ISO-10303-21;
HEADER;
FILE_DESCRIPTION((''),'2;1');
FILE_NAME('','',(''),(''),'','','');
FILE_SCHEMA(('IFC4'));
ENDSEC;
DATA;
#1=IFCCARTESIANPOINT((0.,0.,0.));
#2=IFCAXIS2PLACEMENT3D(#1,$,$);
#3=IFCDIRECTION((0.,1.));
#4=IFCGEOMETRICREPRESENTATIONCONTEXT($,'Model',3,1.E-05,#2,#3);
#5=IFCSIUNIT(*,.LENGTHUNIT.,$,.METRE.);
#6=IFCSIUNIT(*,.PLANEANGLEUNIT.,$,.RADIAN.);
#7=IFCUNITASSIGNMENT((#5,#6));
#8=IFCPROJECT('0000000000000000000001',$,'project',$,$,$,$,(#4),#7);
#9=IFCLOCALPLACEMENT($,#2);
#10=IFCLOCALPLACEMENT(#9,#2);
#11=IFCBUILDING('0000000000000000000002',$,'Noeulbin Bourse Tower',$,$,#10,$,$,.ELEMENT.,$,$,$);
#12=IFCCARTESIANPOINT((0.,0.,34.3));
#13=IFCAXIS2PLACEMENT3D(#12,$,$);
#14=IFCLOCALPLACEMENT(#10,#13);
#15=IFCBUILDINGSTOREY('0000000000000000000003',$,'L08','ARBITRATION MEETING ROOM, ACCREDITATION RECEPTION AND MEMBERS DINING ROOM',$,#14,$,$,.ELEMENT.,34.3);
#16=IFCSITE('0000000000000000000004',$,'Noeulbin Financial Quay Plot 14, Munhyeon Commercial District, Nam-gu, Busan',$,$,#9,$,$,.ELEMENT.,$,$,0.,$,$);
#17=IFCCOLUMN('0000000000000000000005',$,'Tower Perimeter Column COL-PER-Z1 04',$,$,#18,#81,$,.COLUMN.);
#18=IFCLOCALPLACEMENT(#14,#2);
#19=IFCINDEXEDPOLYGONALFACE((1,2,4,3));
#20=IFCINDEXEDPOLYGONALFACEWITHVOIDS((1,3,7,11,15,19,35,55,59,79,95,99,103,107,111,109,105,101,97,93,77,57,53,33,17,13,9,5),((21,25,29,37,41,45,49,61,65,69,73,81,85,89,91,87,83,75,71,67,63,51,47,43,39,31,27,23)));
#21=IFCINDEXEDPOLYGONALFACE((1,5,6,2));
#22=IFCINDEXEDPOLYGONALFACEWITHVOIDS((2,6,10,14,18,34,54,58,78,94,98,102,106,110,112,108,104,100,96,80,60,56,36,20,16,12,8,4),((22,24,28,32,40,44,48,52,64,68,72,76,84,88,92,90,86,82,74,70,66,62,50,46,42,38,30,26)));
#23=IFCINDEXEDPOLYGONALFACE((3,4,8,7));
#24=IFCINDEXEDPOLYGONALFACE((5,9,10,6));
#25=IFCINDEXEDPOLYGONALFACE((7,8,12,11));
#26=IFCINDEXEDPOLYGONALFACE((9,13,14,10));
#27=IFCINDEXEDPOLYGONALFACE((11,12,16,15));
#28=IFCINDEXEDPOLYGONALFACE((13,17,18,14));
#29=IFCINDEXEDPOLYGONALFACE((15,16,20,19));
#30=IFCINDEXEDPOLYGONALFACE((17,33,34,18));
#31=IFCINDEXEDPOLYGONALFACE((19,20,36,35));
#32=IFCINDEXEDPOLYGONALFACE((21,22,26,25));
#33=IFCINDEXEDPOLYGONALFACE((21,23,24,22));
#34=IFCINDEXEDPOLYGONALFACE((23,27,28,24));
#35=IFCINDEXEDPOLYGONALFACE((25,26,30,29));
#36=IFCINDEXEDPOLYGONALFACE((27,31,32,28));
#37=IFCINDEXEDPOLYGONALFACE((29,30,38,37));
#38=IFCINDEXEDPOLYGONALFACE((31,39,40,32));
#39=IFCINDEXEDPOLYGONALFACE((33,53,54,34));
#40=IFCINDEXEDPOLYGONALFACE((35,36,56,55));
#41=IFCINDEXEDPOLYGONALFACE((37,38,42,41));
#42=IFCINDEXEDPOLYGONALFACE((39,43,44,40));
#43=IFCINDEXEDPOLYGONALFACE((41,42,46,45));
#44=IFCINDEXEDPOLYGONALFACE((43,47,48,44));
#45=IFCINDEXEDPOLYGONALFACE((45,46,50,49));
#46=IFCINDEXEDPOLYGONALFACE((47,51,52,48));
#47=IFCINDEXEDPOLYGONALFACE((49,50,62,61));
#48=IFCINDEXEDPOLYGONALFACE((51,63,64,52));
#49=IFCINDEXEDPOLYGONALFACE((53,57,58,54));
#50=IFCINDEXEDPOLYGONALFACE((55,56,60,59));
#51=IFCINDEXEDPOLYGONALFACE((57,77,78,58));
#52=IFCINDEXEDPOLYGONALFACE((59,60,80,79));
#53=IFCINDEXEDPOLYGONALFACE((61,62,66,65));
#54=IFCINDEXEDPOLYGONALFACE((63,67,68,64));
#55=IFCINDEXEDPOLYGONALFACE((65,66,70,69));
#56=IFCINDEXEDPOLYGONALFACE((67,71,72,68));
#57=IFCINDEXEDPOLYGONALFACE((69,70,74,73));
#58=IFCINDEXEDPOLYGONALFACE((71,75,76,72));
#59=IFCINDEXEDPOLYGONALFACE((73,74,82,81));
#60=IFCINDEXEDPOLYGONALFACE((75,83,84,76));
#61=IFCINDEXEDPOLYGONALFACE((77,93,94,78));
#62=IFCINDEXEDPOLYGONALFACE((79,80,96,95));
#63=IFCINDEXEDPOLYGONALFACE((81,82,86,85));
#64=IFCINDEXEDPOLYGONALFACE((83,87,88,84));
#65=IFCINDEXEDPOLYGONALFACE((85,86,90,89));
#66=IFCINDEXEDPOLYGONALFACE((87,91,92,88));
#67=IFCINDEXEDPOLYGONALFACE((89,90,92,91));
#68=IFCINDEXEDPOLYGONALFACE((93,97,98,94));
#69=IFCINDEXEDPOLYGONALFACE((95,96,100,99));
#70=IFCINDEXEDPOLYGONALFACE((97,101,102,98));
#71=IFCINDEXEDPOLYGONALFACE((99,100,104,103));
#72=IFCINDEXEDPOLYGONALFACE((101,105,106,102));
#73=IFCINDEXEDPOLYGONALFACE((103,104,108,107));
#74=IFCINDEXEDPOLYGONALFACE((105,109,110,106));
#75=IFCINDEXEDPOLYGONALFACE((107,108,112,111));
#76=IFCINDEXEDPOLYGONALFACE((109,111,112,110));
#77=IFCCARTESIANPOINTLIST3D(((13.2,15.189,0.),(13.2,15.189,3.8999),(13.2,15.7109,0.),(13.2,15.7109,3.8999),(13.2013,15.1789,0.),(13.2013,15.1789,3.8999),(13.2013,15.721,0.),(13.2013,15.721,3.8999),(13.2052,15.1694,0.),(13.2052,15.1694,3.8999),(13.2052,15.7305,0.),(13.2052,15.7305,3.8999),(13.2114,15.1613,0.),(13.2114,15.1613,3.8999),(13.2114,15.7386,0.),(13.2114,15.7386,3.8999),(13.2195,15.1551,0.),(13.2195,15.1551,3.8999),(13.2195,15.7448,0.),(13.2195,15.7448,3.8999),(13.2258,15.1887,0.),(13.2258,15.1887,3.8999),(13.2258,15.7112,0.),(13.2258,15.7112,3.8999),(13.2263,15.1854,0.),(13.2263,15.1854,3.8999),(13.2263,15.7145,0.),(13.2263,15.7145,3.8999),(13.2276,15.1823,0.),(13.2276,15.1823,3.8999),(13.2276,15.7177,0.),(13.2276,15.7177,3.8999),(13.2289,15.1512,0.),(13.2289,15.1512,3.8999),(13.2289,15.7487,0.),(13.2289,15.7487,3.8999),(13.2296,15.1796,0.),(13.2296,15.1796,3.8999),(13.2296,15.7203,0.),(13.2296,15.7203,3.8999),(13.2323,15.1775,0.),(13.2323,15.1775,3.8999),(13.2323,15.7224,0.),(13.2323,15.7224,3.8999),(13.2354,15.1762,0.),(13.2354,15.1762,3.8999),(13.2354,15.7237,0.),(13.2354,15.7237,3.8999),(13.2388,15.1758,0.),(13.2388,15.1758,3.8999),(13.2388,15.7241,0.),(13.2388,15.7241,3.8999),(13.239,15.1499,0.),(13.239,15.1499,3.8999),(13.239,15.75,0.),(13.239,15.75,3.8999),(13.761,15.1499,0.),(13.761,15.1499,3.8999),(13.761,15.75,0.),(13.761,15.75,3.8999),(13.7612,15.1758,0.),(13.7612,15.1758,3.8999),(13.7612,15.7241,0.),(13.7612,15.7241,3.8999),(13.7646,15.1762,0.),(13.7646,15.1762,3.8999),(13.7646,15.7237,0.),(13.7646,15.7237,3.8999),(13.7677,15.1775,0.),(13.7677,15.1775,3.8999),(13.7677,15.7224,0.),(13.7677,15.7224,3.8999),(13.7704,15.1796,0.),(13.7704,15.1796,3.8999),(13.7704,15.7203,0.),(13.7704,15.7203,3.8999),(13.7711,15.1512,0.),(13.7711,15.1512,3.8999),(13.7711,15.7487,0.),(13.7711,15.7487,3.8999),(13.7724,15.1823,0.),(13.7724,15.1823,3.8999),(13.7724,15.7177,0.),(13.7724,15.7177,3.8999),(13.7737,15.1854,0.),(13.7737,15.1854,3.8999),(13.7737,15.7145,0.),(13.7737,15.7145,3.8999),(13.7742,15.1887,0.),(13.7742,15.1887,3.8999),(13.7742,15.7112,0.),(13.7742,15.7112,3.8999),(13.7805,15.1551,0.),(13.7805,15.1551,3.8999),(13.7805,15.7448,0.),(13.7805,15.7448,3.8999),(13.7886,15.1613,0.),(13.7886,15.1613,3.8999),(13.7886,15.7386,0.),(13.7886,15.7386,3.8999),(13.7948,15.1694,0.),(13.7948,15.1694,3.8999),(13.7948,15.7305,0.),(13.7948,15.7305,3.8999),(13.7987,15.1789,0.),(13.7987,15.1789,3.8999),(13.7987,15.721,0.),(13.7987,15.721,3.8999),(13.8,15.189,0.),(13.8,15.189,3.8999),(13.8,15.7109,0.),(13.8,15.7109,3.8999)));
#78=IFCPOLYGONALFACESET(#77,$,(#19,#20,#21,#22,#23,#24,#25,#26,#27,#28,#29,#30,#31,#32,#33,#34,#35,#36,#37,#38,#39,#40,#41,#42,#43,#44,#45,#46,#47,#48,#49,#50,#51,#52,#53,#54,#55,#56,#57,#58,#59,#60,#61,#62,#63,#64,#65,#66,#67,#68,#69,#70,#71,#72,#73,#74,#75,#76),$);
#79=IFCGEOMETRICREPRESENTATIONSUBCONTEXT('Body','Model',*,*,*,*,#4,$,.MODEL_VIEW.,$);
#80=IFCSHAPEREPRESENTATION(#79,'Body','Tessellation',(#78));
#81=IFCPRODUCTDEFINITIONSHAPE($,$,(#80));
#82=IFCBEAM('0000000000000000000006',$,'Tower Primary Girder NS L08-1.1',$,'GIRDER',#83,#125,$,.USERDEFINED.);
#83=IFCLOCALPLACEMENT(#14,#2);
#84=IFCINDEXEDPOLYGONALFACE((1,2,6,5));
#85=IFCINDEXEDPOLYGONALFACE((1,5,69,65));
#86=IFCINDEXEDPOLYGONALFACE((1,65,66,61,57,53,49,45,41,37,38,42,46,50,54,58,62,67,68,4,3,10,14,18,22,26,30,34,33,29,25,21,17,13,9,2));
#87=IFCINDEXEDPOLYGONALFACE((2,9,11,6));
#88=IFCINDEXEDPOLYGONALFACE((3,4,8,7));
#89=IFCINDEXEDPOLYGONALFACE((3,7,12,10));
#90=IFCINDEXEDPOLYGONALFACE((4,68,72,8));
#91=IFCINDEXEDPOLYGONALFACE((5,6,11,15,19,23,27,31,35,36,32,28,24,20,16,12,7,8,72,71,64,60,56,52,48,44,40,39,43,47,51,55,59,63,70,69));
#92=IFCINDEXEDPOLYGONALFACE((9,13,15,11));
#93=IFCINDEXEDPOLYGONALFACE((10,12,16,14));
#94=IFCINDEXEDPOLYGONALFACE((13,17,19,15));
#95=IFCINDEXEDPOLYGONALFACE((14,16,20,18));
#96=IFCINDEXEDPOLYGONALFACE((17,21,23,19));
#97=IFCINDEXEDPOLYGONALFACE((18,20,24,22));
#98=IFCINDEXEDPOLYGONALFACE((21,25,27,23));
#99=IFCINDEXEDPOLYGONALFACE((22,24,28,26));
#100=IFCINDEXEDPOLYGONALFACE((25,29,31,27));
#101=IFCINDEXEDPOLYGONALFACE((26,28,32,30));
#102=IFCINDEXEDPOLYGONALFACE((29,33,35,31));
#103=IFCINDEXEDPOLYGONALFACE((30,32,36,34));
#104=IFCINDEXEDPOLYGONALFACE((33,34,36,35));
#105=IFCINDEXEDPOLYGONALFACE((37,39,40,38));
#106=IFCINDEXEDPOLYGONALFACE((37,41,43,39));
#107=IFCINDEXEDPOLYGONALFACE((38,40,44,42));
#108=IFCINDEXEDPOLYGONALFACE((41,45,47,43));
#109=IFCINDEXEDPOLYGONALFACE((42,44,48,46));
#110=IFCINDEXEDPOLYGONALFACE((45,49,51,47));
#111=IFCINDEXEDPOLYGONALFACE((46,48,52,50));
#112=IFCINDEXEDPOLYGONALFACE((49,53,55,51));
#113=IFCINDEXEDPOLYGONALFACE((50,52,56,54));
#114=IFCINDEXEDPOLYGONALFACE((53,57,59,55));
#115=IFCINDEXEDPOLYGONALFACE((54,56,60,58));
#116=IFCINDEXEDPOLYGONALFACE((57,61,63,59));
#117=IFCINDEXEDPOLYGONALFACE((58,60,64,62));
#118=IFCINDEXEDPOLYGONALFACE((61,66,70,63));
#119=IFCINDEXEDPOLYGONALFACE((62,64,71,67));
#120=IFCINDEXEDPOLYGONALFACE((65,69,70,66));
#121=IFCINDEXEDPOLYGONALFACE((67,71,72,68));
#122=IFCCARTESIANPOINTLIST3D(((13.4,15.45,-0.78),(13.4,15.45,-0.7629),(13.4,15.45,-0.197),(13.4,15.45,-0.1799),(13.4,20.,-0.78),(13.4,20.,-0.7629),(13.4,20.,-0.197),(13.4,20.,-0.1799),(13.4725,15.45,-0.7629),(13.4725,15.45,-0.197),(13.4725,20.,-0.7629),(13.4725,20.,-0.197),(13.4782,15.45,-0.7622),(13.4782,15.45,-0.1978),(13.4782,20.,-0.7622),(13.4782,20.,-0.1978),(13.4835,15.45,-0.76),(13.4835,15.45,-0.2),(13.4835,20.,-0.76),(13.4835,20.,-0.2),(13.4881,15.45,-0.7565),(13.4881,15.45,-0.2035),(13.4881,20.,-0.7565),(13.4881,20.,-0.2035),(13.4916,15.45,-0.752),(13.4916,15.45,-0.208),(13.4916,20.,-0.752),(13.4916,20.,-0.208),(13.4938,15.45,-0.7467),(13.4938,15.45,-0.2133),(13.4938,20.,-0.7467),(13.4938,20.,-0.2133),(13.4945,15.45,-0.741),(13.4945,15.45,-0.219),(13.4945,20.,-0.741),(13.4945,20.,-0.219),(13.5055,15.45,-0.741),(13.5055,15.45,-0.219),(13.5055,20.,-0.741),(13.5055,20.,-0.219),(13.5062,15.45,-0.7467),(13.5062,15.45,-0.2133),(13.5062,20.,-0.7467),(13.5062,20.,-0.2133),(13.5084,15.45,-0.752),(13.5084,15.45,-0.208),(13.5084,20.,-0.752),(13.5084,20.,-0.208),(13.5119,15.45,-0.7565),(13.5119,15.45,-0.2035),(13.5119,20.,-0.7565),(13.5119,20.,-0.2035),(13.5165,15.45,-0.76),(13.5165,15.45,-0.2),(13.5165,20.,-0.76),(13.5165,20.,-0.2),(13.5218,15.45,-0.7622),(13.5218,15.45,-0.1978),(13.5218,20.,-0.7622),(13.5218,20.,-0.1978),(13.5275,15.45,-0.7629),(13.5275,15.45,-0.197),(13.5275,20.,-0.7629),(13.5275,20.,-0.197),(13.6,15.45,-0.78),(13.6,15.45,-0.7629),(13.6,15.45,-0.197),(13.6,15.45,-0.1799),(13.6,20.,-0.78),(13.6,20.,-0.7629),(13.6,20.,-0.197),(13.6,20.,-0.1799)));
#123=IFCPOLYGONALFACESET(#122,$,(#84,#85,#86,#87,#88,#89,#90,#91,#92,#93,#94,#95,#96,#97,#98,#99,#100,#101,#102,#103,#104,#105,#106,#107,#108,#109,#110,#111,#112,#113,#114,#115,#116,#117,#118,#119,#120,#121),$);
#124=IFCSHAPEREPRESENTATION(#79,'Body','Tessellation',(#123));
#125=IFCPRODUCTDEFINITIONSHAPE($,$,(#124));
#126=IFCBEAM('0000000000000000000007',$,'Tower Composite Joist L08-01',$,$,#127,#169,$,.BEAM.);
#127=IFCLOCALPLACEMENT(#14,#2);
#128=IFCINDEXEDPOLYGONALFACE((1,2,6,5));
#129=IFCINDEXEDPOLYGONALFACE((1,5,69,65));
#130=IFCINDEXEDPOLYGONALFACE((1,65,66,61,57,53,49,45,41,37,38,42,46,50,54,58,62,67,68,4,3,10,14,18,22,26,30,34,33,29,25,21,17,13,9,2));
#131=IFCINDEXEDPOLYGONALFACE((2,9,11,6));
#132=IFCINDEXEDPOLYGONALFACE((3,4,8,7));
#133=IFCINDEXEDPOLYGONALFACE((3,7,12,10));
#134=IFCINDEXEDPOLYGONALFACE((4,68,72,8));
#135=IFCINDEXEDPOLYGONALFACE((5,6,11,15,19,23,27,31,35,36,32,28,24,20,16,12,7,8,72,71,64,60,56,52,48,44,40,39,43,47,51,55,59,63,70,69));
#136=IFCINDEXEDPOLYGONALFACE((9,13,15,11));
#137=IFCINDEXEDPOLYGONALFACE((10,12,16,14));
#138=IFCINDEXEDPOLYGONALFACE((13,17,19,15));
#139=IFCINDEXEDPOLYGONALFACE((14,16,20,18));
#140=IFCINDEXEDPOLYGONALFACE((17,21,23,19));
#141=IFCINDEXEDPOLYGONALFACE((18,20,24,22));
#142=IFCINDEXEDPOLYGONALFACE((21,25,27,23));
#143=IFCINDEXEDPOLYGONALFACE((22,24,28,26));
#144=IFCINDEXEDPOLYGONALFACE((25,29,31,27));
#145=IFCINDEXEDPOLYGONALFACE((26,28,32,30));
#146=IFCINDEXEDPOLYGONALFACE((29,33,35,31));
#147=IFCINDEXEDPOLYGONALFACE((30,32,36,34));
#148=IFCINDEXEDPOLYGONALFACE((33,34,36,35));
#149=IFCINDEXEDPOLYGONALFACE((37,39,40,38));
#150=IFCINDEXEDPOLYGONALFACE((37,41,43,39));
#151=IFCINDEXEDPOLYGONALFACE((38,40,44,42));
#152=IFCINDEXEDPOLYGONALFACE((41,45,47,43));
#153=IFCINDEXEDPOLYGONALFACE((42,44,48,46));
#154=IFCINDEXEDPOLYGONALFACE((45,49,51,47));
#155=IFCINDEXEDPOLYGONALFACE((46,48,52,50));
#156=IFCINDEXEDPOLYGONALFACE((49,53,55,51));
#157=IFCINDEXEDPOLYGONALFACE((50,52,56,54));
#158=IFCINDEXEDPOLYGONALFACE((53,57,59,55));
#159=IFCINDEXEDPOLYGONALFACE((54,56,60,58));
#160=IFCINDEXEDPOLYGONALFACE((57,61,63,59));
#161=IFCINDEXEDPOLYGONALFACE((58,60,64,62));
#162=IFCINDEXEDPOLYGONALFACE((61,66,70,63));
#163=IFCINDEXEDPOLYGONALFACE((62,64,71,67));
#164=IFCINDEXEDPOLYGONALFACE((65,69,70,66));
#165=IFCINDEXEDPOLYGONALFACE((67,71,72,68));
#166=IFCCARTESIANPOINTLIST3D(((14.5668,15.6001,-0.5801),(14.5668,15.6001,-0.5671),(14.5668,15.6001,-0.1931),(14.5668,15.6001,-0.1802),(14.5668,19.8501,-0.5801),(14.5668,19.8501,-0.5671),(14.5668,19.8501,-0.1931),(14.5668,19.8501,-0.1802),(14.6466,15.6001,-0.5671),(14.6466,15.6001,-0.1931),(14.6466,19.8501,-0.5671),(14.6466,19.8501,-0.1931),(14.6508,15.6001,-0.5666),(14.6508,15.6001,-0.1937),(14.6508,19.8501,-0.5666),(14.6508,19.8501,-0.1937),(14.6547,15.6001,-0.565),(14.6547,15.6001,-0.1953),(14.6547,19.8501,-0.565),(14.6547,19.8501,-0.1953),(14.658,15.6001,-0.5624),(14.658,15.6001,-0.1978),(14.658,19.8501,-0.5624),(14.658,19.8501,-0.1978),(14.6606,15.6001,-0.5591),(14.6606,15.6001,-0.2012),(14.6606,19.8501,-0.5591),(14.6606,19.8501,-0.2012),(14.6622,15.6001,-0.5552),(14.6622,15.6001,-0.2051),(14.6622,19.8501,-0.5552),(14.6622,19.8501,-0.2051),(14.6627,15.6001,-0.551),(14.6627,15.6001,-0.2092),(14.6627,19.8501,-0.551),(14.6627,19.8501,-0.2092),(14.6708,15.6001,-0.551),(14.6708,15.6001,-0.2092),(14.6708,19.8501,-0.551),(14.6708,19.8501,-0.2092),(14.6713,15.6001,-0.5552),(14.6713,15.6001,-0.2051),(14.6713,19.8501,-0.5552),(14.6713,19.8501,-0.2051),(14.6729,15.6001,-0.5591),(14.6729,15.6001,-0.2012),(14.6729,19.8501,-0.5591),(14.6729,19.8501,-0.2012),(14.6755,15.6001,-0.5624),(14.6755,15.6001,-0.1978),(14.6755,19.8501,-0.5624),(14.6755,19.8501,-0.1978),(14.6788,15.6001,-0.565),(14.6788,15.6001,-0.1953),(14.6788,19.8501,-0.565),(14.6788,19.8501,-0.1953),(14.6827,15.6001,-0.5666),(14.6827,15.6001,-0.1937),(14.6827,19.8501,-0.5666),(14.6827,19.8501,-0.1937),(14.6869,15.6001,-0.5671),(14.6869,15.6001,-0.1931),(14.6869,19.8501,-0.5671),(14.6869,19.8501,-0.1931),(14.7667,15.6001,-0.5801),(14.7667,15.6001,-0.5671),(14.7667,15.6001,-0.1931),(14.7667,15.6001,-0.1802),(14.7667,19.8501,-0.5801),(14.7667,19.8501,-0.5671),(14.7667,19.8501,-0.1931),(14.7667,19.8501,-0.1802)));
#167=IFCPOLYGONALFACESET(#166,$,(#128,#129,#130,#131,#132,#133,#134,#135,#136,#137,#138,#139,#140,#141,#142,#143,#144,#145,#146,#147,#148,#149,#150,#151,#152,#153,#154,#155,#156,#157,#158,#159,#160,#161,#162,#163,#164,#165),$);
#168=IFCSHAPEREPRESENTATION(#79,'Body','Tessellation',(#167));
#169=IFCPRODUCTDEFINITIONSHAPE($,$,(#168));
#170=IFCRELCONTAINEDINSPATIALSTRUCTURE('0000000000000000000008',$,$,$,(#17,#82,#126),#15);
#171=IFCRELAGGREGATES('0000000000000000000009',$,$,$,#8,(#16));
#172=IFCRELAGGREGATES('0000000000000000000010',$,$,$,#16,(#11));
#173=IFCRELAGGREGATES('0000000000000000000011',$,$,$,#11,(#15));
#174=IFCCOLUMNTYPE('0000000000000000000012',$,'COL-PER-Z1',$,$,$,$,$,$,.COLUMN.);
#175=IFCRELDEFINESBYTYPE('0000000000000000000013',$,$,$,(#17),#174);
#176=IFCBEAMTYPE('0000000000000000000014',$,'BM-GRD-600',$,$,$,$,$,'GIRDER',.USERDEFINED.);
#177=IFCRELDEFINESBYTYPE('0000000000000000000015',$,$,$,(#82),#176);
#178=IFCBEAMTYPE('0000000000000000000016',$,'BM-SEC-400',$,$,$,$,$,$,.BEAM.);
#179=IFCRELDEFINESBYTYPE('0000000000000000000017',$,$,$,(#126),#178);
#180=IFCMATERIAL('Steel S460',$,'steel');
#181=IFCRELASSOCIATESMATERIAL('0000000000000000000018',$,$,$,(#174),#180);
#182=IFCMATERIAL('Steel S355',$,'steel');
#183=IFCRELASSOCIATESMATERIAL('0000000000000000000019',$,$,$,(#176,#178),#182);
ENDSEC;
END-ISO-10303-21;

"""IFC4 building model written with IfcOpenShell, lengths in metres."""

from ifc_helpers import new_model, si_unit, direction, frame, origin, origin_2d, place, context, subcontext, project, spatial, hollow_rectangle, i_section, extrude, material, material_profile, profile_set, type_object, element, save


model = new_model("IFC4")

# Units and contexts
model_context = context("Model", 3, precision=1e-05, world=origin(), true_north=direction((0.0, 1.0)))
body_context = subcontext(model_context, "Body", "Model", "MODEL_VIEW")
ifc_project = project(units=[si_unit("LENGTHUNIT", "METRE"), si_unit("PLANEANGLEUNIT", "RADIAN")], contexts=[model_context])

# Site, building, storey
site_placement = place(None, origin())
site = spatial("IfcSite", under=ifc_project, at=site_placement, Name="Noeulbin Financial Quay Plot 14, Munhyeon Commercial District, Nam-gu, Busan", CompositionType="ELEMENT", RefElevation=0.0)
building_placement = place(site_placement, origin())
building = spatial("IfcBuilding", under=site, at=building_placement, Name="Noeulbin Bourse Tower", CompositionType="ELEMENT")
storey_placement = place(building_placement, frame((0.0, 0.0, 34.3)))
storey = spatial("IfcBuildingStorey", under=building, at=storey_placement, Name="L08", Description="ARBITRATION MEETING ROOM, ACCREDITATION RECEPTION AND MEMBERS DINING ROOM", CompositionType="ELEMENT", Elevation=34.3)

# Column
ifc_material_1 = material(Name="Steel S460", Category="steel")
ifc_material_profile_1 = material_profile(ifc_material_1, hollow_rectangle(XDim=0.6001, YDim=0.6001, WallThickness=0.0259, InnerFilletRadius=0.0129, OuterFilletRadius=0.0391, at=origin_2d()), Name="BOX-600x600x26", Category="LoadBearing")
ifc_profile_set_1 = profile_set([ifc_material_profile_1], Name="Steel S460")
column_type = type_object("IfcColumnType", Name="COL-PER-Z1", PredefinedType="COLUMN", material=ifc_profile_set_1)
column_placement = place(storey_placement, frame((13.5, 15.45, 0.0), z_axis=(0.0, 0.0, 1.0), x_axis=(1.0, 0.0, 0.0)))
element("IfcColumn", 1, at=column_placement, inside=storey, type_object=column_type, Name="Tower Perimeter Column COL-PER-Z1 04", PredefinedType="COLUMN", context=body_context, shape_type="SweptSolid", body=[
    extrude(hollow_rectangle(XDim=0.6001, YDim=0.6001, WallThickness=0.0259, InnerFilletRadius=0.0129, OuterFilletRadius=0.0391, at=origin_2d()), origin(), (0.0, 0.0, 1.0), 3.8999),
])

# Beams
ifc_material_2 = material(Name="Steel S355", Category="steel")
ifc_material_profile_2 = material_profile(ifc_material_2, i_section(OverallWidth=0.2, OverallDepth=0.6001, WebThickness=0.011, FlangeThickness=0.0171, FilletRadius=0.022, at=origin_2d()), Name="H-600x200x11x17", Category="LoadBearing")
ifc_profile_set_2 = profile_set([ifc_material_profile_2], Name="Steel S355")
beam_type_1 = type_object("IfcBeamType", Name="BM-GRD-600", ElementType="GIRDER", PredefinedType="USERDEFINED", material=ifc_profile_set_2)
beam_1_placement = place(storey_placement, frame((13.5, 15.45, -0.48), z_axis=(0.0, 1.0, 0.0), x_axis=(-1.0, 0.0, 0.0)))
element("IfcBeam", 2, at=beam_1_placement, inside=storey, type_object=beam_type_1, Name="Tower Primary Girder NS L08-1.1", ObjectType="GIRDER", PredefinedType="USERDEFINED", context=body_context, shape_type="SweptSolid", body=[
    extrude(i_section(OverallWidth=0.2, OverallDepth=0.6001, WebThickness=0.011, FlangeThickness=0.0171, FilletRadius=0.022, at=origin_2d()), origin(), (0.0, 0.0, 1.0), 4.55),
])
ifc_material_profile_3 = material_profile(ifc_material_2, i_section(OverallWidth=0.2, OverallDepth=0.3999, WebThickness=0.0081, FlangeThickness=0.0129, FilletRadius=0.0161, at=origin_2d()), Name="H-400x200x8x13", Category="LoadBearing")
ifc_profile_set_3 = profile_set([ifc_material_profile_3], Name="Steel S355")
beam_type_2 = type_object("IfcBeamType", Name="BM-SEC-400", PredefinedType="BEAM", material=ifc_profile_set_3)
beam_2_placement = place(storey_placement, frame((14.6667, 15.6001, -0.3801), z_axis=(0.0, 1.0, 0.0), x_axis=(-1.0, 0.0, 0.0)))
element("IfcBeam", 3, at=beam_2_placement, inside=storey, type_object=beam_type_2, Name="Tower Composite Joist L08-01", PredefinedType="BEAM", context=body_context, shape_type="SweptSolid", body=[
    extrude(i_section(OverallWidth=0.2, OverallDepth=0.3999, WebThickness=0.0081, FlangeThickness=0.0129, FilletRadius=0.0161, at=origin_2d()), origin(), (0.0, 0.0, 1.0), 4.25),
])

save(model, "model.ifc")
